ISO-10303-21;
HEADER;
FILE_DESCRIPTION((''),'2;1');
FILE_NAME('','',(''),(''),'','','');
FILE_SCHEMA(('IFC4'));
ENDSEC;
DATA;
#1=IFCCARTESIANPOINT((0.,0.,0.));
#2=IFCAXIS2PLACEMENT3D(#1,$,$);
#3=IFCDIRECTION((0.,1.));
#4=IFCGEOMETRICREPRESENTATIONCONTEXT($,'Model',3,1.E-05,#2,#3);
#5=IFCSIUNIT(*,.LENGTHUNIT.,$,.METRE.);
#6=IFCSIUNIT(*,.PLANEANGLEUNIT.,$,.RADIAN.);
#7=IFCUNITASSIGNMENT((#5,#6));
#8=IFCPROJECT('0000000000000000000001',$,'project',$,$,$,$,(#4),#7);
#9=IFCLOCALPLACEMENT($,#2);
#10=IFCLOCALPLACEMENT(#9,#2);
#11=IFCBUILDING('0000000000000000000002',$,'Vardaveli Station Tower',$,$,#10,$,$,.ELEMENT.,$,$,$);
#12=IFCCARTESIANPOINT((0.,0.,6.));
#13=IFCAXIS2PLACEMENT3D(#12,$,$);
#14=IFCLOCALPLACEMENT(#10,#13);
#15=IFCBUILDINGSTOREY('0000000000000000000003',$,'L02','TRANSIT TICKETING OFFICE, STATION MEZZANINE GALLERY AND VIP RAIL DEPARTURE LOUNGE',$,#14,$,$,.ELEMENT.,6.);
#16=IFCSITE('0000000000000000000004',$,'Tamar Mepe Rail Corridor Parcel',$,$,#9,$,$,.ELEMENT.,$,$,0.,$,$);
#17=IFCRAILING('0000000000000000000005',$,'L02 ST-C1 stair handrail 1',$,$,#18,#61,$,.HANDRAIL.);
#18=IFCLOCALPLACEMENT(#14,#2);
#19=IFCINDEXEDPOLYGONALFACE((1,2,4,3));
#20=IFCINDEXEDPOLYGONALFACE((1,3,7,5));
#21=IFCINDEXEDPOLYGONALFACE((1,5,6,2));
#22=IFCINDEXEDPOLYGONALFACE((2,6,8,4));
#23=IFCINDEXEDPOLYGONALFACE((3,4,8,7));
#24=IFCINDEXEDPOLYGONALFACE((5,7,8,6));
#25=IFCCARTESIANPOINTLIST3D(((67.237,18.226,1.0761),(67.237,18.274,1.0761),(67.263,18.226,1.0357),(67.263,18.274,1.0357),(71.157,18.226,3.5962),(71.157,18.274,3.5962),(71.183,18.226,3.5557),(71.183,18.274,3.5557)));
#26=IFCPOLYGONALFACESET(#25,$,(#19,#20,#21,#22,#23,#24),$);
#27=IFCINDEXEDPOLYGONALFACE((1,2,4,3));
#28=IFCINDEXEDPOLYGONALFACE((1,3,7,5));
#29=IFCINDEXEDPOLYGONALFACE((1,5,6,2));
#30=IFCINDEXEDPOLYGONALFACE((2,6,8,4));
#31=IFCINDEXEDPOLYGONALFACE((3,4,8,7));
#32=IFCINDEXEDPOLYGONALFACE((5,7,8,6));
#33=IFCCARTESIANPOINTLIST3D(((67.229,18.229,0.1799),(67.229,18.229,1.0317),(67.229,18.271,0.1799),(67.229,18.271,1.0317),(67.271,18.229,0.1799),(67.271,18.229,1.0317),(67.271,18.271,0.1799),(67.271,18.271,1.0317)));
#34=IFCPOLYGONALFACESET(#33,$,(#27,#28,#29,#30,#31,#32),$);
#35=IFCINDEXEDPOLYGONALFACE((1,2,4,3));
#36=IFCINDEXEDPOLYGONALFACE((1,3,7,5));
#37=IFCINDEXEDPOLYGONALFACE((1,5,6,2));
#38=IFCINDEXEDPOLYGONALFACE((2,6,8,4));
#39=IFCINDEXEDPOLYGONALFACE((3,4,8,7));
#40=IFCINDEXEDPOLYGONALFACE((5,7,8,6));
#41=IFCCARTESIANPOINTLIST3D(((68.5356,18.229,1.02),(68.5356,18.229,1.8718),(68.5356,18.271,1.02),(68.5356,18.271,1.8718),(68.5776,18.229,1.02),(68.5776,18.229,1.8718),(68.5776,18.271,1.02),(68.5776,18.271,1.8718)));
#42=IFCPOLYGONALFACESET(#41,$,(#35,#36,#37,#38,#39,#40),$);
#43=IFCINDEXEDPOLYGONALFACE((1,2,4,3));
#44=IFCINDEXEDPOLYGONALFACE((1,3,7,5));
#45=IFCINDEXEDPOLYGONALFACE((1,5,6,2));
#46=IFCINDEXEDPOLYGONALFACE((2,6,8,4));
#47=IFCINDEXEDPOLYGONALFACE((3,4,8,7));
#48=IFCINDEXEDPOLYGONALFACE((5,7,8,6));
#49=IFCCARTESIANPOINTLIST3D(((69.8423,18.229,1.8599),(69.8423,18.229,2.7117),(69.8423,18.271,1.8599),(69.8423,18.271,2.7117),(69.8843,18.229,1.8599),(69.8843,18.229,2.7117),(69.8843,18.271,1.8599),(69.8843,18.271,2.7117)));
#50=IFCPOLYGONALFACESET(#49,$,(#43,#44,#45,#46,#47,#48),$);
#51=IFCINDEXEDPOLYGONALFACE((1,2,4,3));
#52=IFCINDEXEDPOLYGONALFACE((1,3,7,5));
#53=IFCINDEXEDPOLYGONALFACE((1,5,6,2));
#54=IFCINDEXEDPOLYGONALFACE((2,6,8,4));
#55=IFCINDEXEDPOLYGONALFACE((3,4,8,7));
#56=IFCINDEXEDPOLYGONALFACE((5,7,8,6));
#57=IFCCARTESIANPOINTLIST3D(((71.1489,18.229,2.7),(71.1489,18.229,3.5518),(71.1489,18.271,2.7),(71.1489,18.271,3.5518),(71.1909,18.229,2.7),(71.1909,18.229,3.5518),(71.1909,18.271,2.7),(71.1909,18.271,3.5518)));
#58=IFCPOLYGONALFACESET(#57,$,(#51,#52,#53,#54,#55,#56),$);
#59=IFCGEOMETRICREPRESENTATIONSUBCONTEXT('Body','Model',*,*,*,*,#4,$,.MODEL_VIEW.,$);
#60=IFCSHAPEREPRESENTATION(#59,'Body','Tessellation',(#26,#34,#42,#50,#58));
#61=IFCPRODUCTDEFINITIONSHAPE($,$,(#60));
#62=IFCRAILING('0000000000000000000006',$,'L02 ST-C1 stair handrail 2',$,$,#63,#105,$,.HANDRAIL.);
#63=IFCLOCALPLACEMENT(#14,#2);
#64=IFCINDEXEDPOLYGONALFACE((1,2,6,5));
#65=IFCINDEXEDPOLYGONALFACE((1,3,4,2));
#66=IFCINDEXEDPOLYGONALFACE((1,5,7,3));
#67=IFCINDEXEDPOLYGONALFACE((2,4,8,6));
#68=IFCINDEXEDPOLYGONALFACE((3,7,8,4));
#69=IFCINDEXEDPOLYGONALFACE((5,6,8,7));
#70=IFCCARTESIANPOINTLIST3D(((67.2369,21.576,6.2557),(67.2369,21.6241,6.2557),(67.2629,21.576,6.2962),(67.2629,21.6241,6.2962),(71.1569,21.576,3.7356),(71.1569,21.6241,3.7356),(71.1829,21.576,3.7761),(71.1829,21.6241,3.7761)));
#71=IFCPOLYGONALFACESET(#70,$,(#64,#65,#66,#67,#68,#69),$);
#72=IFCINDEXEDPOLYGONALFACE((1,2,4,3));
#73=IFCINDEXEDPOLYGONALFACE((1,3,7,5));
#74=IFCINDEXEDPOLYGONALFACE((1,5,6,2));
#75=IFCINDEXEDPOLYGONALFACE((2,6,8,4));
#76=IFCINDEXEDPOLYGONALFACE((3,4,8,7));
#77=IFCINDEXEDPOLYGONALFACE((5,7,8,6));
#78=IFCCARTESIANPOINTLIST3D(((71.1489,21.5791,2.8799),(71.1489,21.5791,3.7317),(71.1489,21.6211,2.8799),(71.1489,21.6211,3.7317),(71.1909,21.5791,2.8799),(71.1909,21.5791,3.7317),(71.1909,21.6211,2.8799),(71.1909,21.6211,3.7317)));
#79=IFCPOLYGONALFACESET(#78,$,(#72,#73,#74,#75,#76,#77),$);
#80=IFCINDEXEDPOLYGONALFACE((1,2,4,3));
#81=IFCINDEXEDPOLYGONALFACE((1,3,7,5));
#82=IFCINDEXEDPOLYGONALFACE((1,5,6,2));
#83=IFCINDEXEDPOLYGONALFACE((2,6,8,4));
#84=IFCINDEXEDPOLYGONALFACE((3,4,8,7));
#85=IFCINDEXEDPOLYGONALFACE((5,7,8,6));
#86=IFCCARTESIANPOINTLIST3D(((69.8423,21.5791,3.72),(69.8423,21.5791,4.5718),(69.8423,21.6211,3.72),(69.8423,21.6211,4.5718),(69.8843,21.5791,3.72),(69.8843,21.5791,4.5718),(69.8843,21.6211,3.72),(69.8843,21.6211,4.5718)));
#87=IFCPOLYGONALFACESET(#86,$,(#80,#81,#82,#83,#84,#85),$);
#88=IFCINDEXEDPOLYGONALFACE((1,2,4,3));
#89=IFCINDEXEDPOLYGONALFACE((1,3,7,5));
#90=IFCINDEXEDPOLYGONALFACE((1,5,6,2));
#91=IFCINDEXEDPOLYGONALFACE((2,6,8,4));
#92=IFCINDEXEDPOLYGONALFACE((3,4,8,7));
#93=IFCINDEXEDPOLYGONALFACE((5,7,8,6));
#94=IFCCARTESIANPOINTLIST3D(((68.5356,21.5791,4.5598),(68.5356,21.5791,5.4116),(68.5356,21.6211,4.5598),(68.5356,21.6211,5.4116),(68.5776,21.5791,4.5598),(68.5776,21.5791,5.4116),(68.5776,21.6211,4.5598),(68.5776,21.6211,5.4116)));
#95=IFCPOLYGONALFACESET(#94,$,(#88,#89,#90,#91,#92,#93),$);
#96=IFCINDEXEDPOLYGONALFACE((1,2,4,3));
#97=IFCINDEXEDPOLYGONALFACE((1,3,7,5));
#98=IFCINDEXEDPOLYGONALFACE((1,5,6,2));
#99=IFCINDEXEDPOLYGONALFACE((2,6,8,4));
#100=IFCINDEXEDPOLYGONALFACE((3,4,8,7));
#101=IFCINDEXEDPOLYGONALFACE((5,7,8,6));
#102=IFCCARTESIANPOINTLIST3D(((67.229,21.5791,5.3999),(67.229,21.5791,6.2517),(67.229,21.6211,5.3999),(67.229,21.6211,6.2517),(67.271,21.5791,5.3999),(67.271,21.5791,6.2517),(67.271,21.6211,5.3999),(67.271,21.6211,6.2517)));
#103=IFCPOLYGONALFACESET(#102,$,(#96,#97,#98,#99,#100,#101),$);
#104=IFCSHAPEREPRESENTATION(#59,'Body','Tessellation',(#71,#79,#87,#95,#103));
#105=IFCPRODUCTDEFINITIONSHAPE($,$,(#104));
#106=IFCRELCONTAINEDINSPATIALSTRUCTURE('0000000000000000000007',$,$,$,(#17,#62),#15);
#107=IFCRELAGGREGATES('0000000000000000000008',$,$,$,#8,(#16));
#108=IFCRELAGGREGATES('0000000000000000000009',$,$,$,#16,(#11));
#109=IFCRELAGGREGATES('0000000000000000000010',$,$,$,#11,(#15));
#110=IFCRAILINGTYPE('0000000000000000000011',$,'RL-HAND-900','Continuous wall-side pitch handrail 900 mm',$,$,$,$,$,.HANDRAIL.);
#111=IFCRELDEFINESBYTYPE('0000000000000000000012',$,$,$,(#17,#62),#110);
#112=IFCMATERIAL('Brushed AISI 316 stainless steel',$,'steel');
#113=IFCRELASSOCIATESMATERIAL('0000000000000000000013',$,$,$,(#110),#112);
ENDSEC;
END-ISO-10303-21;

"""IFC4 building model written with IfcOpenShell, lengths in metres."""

from ifc_helpers import new_model, si_unit, direction, frame, origin, origin_2d, place, context, subcontext, project, spatial, rectangle, extrude, source, transform, mapped, material, type_object, element, save


model = new_model("IFC4")

# Units and contexts
model_context = context("Model", 3, precision=1e-05, world=origin(), true_north=direction((0.0, 1.0)))
body_context = subcontext(model_context, "Body", "Model", "MODEL_VIEW")
ifc_project = project(units=[si_unit("LENGTHUNIT", "METRE"), si_unit("PLANEANGLEUNIT", "RADIAN")], contexts=[model_context])

# Site, building, storey
site_placement = place(None, origin())
site = spatial("IfcSite", under=ifc_project, at=site_placement, Name="Tamar Mepe Rail Corridor Parcel", CompositionType="ELEMENT", RefElevation=0.0)
building_placement = place(site_placement, origin())
building = spatial("IfcBuilding", under=site, at=building_placement, Name="Vardaveli Station Tower", CompositionType="ELEMENT")
storey_placement = place(building_placement, frame((0.0, 0.0, 6.0)))
storey = spatial("IfcBuildingStorey", under=building, at=storey_placement, Name="L02", Description="TRANSIT TICKETING OFFICE, STATION MEZZANINE GALLERY AND VIP RAIL DEPARTURE LOUNGE", CompositionType="ELEMENT", Elevation=6.0)

# Railings
ifc_material_1 = material(Name="Brushed AISI 316 stainless steel", Category="steel")
railing_type_1 = type_object("IfcRailingType", Name="RL-HAND-900", Description="Continuous wall-side pitch handrail 900 mm", PredefinedType="HANDRAIL", material=ifc_material_1)
shared_shape_1 = source(origin(), body_context, "Body", "SweptSolid", [
    extrude(rectangle(XDim=0.0481, YDim=0.0481, at=origin_2d()), frame((0.0, 0.0, 0.876), z_axis=(0.841172, 0.0, 0.540768), x_axis=(0.0, 1.0, 0.0)), (0.0, 0.0, 1.0), 4.6602),
    extrude(rectangle(XDim=0.042, YDim=0.042, at=origin_2d()), origin(), (0.0, 0.0, 1.0), 0.8518),
    extrude(rectangle(XDim=0.042, YDim=0.042, at=origin_2d()), frame((1.3066, 0.0, 0.8401)), (0.0, 0.0, 1.0), 0.8518),
    extrude(rectangle(XDim=0.042, YDim=0.042, at=origin_2d()), frame((2.6133, 0.0, 1.6799)), (0.0, 0.0, 1.0), 0.8518),
    extrude(rectangle(XDim=0.042, YDim=0.042, at=origin_2d()), frame((3.9199, 0.0, 2.52)), (0.0, 0.0, 1.0), 0.8518),
])
railing_1_placement = place(storey_placement, frame((67.25, 18.25, 0.1799)))
element("IfcRailing", 1, at=railing_1_placement, inside=storey, type_object=railing_type_1, Name="L02 ST-C1 stair handrail 1", PredefinedType="HANDRAIL", context=body_context, shape_type="MappedRepresentation", body=[
    mapped(shared_shape_1, transform((0.0, 0.0, 0.0), scale=1.0)),
])
shared_shape_2 = source(origin(), body_context, "Body", "SweptSolid", [
    extrude(rectangle(XDim=0.0481, YDim=0.0481, at=origin_2d()), frame((0.0, 0.0, 0.876), z_axis=(-0.841172, 0.0, 0.540768), x_axis=(0.0, -1.0, 0.0)), (0.0, 0.0, 1.0), 4.6602),
    extrude(rectangle(XDim=0.042, YDim=0.042, at=origin_2d()), origin(), (0.0, 0.0, 1.0), 0.8518),
    extrude(rectangle(XDim=0.042, YDim=0.042, at=origin_2d()), frame((-1.3066, 0.0, 0.8401)), (0.0, 0.0, 1.0), 0.8518),
    extrude(rectangle(XDim=0.042, YDim=0.042, at=origin_2d()), frame((-2.6133, 0.0, 1.6799)), (0.0, 0.0, 1.0), 0.8518),
    extrude(rectangle(XDim=0.042, YDim=0.042, at=origin_2d()), frame((-3.9199, 0.0, 2.52)), (0.0, 0.0, 1.0), 0.8518),
])
railing_2_placement = place(storey_placement, frame((71.1699, 21.6001, 2.8799)))
element("IfcRailing", 2, at=railing_2_placement, inside=storey, type_object=railing_type_1, Name="L02 ST-C1 stair handrail 2", PredefinedType="HANDRAIL", context=body_context, shape_type="MappedRepresentation", body=[
    mapped(shared_shape_2, transform((0.0, 0.0, 0.0), scale=1.0)),
])

save(model, "model.ifc")
